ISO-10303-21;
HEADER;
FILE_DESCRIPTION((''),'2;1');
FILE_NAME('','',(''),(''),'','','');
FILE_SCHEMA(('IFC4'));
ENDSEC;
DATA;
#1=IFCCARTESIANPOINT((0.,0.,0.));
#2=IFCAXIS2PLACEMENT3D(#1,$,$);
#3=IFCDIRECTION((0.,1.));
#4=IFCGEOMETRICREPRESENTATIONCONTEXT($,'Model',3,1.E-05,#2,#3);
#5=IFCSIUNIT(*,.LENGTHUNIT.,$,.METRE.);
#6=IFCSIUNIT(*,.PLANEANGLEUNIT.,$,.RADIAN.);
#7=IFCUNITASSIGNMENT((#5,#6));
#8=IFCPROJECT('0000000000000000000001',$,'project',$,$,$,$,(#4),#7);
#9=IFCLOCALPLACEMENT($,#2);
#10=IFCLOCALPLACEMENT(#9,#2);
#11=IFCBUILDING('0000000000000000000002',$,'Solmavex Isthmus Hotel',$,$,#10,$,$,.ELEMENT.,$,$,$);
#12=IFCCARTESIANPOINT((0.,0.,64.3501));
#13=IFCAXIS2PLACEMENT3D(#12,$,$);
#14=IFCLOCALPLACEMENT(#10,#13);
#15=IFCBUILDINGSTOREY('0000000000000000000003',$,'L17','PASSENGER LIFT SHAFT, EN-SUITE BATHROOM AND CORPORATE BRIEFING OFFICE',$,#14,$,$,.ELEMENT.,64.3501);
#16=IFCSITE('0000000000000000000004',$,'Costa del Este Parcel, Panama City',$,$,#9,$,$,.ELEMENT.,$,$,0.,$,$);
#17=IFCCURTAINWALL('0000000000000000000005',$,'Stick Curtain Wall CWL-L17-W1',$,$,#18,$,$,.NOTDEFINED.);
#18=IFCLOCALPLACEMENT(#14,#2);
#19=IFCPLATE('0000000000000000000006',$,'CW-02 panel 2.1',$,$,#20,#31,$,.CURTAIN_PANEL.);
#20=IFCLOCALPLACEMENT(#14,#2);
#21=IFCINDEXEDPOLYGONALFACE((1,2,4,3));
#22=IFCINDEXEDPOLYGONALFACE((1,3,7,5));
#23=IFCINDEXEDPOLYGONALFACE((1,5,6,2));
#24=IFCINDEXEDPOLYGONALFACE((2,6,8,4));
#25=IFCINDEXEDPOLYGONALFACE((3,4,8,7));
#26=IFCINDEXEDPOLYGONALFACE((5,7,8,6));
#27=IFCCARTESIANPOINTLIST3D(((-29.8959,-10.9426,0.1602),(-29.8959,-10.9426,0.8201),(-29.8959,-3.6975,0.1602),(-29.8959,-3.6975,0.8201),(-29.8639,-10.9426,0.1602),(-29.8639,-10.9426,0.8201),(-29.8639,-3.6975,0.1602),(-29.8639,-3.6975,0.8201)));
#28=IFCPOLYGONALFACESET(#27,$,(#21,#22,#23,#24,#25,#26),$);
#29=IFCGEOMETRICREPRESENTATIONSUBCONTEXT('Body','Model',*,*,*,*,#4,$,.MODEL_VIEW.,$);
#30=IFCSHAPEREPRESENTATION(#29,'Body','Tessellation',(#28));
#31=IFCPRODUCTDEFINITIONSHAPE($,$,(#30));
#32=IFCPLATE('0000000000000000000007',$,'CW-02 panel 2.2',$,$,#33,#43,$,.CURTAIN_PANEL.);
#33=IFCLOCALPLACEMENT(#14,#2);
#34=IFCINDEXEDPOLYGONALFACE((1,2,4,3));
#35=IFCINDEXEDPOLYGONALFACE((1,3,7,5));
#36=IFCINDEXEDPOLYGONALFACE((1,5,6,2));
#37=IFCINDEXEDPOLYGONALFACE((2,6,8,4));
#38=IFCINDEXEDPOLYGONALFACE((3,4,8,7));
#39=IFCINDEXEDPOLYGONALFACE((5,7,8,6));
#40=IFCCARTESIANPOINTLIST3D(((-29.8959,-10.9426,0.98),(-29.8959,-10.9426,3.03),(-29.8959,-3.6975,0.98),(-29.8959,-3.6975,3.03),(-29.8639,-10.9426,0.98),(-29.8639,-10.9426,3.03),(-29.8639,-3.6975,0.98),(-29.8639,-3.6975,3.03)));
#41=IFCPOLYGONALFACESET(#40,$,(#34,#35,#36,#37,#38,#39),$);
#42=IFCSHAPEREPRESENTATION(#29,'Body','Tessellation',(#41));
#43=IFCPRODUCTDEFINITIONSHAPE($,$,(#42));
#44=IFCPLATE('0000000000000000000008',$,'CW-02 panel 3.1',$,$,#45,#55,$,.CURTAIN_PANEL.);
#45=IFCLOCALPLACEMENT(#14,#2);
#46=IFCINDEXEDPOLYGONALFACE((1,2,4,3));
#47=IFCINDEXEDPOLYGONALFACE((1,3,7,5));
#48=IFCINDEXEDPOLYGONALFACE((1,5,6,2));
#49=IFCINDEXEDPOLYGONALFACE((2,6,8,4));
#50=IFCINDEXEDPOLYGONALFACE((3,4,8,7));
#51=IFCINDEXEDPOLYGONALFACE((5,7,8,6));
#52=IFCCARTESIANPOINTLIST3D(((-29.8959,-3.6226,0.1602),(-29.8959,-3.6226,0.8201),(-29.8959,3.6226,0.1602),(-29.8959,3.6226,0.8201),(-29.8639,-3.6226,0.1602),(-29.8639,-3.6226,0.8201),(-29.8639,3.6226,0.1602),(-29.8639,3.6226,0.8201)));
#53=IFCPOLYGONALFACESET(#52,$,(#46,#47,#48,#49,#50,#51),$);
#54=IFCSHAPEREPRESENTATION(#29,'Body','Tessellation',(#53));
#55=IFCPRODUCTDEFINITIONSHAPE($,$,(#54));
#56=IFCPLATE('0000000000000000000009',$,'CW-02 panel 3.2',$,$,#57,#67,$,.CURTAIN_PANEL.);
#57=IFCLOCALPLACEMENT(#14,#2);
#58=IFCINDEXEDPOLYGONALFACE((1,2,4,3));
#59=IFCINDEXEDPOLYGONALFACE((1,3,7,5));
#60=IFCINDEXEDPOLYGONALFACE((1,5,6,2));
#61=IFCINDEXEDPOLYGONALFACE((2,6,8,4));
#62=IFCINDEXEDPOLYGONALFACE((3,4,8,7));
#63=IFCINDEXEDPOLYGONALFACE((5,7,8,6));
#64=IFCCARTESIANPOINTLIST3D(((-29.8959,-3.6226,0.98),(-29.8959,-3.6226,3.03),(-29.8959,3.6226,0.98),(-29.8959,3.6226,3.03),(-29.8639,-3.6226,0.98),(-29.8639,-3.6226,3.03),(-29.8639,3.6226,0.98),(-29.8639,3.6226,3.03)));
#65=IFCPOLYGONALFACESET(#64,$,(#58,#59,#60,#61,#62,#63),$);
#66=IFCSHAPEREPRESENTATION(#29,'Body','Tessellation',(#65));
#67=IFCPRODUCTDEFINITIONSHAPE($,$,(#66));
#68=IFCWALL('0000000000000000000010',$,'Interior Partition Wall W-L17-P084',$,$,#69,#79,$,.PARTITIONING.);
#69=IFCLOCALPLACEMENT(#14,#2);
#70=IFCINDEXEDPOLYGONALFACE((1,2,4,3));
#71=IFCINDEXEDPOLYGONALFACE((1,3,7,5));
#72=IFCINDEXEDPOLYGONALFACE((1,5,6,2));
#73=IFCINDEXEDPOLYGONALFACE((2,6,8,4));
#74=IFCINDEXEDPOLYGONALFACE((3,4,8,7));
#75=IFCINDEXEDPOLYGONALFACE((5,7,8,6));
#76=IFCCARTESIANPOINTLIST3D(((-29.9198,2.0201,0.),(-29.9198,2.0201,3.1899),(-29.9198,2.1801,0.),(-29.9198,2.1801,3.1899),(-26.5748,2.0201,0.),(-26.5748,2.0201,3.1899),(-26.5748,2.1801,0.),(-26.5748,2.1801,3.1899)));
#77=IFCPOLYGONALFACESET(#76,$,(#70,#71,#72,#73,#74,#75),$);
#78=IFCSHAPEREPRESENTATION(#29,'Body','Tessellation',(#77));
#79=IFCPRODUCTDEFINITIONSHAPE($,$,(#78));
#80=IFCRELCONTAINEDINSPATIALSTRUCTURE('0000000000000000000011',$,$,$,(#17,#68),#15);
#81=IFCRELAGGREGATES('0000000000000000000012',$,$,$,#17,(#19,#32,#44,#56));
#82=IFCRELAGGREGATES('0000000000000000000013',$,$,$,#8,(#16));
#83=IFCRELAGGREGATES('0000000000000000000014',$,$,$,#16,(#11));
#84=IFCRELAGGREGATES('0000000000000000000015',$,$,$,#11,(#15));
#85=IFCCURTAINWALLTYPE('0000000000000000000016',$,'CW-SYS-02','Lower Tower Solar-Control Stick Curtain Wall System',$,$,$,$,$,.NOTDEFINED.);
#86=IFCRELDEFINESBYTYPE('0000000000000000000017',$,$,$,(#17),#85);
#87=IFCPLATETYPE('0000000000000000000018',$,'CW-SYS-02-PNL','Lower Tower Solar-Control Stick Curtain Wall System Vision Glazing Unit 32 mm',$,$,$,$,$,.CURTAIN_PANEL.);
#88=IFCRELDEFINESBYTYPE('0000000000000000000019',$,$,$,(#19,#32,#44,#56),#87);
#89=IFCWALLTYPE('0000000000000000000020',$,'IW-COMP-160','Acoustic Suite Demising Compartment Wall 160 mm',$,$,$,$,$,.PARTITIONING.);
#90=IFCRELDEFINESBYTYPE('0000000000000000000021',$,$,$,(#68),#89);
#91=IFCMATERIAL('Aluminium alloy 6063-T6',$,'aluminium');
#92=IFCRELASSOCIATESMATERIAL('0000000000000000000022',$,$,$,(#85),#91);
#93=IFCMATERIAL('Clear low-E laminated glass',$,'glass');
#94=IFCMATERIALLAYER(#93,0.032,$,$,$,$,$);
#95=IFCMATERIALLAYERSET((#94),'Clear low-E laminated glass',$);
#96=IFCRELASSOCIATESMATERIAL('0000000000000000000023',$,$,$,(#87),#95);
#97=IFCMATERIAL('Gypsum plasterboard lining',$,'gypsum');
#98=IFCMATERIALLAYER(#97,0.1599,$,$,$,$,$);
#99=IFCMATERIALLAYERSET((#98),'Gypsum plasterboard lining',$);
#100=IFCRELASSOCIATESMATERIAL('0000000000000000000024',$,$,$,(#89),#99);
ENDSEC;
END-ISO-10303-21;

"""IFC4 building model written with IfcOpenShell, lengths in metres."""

from ifc_helpers import new_model, si_unit, direction, frame, frame_2d, origin, origin_2d, place, context, subcontext, project, spatial, rectangle, extrude, material, layer, layer_set, type_object, element, aggregate, save


model = new_model("IFC4")

# Units and contexts
model_context = context("Model", 3, precision=1e-05, world=origin(), true_north=direction((0.0, 1.0)))
body_context = subcontext(model_context, "Body", "Model", "MODEL_VIEW")
ifc_project = project(units=[si_unit("LENGTHUNIT", "METRE"), si_unit("PLANEANGLEUNIT", "RADIAN")], contexts=[model_context])

# Site, building, storey
site_placement = place(None, origin())
site = spatial("IfcSite", under=ifc_project, at=site_placement, Name="Costa del Este Parcel, Panama City", CompositionType="ELEMENT", RefElevation=0.0)
building_placement = place(site_placement, origin())
building = spatial("IfcBuilding", under=site, at=building_placement, Name="Solmavex Isthmus Hotel", CompositionType="ELEMENT")
storey_placement = place(building_placement, frame((0.0, 0.0, 64.3501)))
storey = spatial("IfcBuildingStorey", under=building, at=storey_placement, Name="L17", Description="PASSENGER LIFT SHAFT, EN-SUITE BATHROOM AND CORPORATE BRIEFING OFFICE", CompositionType="ELEMENT", Elevation=64.3501)

# Curtain wall, plates
ifc_material_1 = material(Name="Aluminium alloy 6063-T6", Category="aluminium")
curtain_wall_type = type_object("IfcCurtainWallType", Name="CW-SYS-02", Description="Lower Tower Solar-Control Stick Curtain Wall System", PredefinedType="NOTDEFINED", material=ifc_material_1)
curtain_wall_placement = place(storey_placement, origin())
curtain_wall = element("IfcCurtainWall", 1, at=curtain_wall_placement, inside=storey, type_object=curtain_wall_type, Name="Stick Curtain Wall CWL-L17-W1", PredefinedType="NOTDEFINED")
ifc_material_2 = material(Name="Clear low-E laminated glass", Category="glass")
ifc_layer_1 = layer(ifc_material_2, 0.032)
ifc_layer_set_1 = layer_set([ifc_layer_1], Name="Clear low-E laminated glass")
plate_type = type_object("IfcPlateType", Name="CW-SYS-02-PNL", Description="Lower Tower Solar-Control Stick Curtain Wall System Vision Glazing Unit 32 mm", PredefinedType="CURTAIN_PANEL", material=ifc_layer_set_1)
plate_1_placement = place(storey_placement, frame((-29.8799, -7.3201, 0.1602), z_axis=(0.0, 0.0, 1.0), x_axis=(0.0, 1.0, 0.0)))
plate_1 = element("IfcPlate", 2, at=plate_1_placement, type_object=plate_type, Name="CW-02 panel 2.1", PredefinedType="CURTAIN_PANEL", context=body_context, shape_type="SweptSolid", body=[
    extrude(rectangle(XDim=7.2451, YDim=0.032, at=origin_2d()), origin(), (0.0, 0.0, 1.0), 0.6599),
])
plate_2_placement = place(storey_placement, frame((-29.8799, -7.3201, 0.98), z_axis=(0.0, 0.0, 1.0), x_axis=(0.0, 1.0, 0.0)))
plate_2 = element("IfcPlate", 3, at=plate_2_placement, type_object=plate_type, Name="CW-02 panel 2.2", PredefinedType="CURTAIN_PANEL", context=body_context, shape_type="SweptSolid", body=[
    extrude(rectangle(XDim=7.2451, YDim=0.032, at=origin_2d()), origin(), (0.0, 0.0, 1.0), 2.05),
])
plate_3_placement = place(storey_placement, frame((-29.8799, 0.0, 0.1602), z_axis=(0.0, 0.0, 1.0), x_axis=(0.0, 1.0, 0.0)))
plate_3 = element("IfcPlate", 4, at=plate_3_placement, type_object=plate_type, Name="CW-02 panel 3.1", PredefinedType="CURTAIN_PANEL", context=body_context, shape_type="SweptSolid", body=[
    extrude(rectangle(XDim=7.2451, YDim=0.032, at=origin_2d()), origin(), (0.0, 0.0, 1.0), 0.6599),
])
plate_4_placement = place(storey_placement, frame((-29.8799, 0.0, 0.98), z_axis=(0.0, 0.0, 1.0), x_axis=(0.0, 1.0, 0.0)))
plate_4 = element("IfcPlate", 5, at=plate_4_placement, type_object=plate_type, Name="CW-02 panel 3.2", PredefinedType="CURTAIN_PANEL", context=body_context, shape_type="SweptSolid", body=[
    extrude(rectangle(XDim=7.2451, YDim=0.032, at=origin_2d()), origin(), (0.0, 0.0, 1.0), 2.05),
])
aggregate(curtain_wall, [plate_1, plate_2, plate_3, plate_4])

# Wall
ifc_material_3 = material(Name="Gypsum plasterboard lining", Category="gypsum")
ifc_layer_2 = layer(ifc_material_3, 0.1599)
ifc_layer_set_2 = layer_set([ifc_layer_2], Name="Gypsum plasterboard lining")
wall_type = type_object("IfcWallType", Name="IW-COMP-160", Description="Acoustic Suite Demising Compartment Wall 160 mm", PredefinedType="PARTITIONING", material=ifc_layer_set_2)
wall_placement = place(storey_placement, frame((-26.575, 2.1001, 0.0), z_axis=(0.0, 0.0, 1.0), x_axis=(-1.0, 0.0, 0.0)))
element("IfcWall", 6, at=wall_placement, inside=storey, type_object=wall_type, Name="Interior Partition Wall W-L17-P084", PredefinedType="PARTITIONING", context=body_context, shape_type="SweptSolid", body=[
    extrude(rectangle(XDim=3.345, YDim=0.1599, at=frame_2d((1.6724, 0.0))), origin(), (0.0, 0.0, 1.0), 3.1899),
])

save(model, "model.ifc")
